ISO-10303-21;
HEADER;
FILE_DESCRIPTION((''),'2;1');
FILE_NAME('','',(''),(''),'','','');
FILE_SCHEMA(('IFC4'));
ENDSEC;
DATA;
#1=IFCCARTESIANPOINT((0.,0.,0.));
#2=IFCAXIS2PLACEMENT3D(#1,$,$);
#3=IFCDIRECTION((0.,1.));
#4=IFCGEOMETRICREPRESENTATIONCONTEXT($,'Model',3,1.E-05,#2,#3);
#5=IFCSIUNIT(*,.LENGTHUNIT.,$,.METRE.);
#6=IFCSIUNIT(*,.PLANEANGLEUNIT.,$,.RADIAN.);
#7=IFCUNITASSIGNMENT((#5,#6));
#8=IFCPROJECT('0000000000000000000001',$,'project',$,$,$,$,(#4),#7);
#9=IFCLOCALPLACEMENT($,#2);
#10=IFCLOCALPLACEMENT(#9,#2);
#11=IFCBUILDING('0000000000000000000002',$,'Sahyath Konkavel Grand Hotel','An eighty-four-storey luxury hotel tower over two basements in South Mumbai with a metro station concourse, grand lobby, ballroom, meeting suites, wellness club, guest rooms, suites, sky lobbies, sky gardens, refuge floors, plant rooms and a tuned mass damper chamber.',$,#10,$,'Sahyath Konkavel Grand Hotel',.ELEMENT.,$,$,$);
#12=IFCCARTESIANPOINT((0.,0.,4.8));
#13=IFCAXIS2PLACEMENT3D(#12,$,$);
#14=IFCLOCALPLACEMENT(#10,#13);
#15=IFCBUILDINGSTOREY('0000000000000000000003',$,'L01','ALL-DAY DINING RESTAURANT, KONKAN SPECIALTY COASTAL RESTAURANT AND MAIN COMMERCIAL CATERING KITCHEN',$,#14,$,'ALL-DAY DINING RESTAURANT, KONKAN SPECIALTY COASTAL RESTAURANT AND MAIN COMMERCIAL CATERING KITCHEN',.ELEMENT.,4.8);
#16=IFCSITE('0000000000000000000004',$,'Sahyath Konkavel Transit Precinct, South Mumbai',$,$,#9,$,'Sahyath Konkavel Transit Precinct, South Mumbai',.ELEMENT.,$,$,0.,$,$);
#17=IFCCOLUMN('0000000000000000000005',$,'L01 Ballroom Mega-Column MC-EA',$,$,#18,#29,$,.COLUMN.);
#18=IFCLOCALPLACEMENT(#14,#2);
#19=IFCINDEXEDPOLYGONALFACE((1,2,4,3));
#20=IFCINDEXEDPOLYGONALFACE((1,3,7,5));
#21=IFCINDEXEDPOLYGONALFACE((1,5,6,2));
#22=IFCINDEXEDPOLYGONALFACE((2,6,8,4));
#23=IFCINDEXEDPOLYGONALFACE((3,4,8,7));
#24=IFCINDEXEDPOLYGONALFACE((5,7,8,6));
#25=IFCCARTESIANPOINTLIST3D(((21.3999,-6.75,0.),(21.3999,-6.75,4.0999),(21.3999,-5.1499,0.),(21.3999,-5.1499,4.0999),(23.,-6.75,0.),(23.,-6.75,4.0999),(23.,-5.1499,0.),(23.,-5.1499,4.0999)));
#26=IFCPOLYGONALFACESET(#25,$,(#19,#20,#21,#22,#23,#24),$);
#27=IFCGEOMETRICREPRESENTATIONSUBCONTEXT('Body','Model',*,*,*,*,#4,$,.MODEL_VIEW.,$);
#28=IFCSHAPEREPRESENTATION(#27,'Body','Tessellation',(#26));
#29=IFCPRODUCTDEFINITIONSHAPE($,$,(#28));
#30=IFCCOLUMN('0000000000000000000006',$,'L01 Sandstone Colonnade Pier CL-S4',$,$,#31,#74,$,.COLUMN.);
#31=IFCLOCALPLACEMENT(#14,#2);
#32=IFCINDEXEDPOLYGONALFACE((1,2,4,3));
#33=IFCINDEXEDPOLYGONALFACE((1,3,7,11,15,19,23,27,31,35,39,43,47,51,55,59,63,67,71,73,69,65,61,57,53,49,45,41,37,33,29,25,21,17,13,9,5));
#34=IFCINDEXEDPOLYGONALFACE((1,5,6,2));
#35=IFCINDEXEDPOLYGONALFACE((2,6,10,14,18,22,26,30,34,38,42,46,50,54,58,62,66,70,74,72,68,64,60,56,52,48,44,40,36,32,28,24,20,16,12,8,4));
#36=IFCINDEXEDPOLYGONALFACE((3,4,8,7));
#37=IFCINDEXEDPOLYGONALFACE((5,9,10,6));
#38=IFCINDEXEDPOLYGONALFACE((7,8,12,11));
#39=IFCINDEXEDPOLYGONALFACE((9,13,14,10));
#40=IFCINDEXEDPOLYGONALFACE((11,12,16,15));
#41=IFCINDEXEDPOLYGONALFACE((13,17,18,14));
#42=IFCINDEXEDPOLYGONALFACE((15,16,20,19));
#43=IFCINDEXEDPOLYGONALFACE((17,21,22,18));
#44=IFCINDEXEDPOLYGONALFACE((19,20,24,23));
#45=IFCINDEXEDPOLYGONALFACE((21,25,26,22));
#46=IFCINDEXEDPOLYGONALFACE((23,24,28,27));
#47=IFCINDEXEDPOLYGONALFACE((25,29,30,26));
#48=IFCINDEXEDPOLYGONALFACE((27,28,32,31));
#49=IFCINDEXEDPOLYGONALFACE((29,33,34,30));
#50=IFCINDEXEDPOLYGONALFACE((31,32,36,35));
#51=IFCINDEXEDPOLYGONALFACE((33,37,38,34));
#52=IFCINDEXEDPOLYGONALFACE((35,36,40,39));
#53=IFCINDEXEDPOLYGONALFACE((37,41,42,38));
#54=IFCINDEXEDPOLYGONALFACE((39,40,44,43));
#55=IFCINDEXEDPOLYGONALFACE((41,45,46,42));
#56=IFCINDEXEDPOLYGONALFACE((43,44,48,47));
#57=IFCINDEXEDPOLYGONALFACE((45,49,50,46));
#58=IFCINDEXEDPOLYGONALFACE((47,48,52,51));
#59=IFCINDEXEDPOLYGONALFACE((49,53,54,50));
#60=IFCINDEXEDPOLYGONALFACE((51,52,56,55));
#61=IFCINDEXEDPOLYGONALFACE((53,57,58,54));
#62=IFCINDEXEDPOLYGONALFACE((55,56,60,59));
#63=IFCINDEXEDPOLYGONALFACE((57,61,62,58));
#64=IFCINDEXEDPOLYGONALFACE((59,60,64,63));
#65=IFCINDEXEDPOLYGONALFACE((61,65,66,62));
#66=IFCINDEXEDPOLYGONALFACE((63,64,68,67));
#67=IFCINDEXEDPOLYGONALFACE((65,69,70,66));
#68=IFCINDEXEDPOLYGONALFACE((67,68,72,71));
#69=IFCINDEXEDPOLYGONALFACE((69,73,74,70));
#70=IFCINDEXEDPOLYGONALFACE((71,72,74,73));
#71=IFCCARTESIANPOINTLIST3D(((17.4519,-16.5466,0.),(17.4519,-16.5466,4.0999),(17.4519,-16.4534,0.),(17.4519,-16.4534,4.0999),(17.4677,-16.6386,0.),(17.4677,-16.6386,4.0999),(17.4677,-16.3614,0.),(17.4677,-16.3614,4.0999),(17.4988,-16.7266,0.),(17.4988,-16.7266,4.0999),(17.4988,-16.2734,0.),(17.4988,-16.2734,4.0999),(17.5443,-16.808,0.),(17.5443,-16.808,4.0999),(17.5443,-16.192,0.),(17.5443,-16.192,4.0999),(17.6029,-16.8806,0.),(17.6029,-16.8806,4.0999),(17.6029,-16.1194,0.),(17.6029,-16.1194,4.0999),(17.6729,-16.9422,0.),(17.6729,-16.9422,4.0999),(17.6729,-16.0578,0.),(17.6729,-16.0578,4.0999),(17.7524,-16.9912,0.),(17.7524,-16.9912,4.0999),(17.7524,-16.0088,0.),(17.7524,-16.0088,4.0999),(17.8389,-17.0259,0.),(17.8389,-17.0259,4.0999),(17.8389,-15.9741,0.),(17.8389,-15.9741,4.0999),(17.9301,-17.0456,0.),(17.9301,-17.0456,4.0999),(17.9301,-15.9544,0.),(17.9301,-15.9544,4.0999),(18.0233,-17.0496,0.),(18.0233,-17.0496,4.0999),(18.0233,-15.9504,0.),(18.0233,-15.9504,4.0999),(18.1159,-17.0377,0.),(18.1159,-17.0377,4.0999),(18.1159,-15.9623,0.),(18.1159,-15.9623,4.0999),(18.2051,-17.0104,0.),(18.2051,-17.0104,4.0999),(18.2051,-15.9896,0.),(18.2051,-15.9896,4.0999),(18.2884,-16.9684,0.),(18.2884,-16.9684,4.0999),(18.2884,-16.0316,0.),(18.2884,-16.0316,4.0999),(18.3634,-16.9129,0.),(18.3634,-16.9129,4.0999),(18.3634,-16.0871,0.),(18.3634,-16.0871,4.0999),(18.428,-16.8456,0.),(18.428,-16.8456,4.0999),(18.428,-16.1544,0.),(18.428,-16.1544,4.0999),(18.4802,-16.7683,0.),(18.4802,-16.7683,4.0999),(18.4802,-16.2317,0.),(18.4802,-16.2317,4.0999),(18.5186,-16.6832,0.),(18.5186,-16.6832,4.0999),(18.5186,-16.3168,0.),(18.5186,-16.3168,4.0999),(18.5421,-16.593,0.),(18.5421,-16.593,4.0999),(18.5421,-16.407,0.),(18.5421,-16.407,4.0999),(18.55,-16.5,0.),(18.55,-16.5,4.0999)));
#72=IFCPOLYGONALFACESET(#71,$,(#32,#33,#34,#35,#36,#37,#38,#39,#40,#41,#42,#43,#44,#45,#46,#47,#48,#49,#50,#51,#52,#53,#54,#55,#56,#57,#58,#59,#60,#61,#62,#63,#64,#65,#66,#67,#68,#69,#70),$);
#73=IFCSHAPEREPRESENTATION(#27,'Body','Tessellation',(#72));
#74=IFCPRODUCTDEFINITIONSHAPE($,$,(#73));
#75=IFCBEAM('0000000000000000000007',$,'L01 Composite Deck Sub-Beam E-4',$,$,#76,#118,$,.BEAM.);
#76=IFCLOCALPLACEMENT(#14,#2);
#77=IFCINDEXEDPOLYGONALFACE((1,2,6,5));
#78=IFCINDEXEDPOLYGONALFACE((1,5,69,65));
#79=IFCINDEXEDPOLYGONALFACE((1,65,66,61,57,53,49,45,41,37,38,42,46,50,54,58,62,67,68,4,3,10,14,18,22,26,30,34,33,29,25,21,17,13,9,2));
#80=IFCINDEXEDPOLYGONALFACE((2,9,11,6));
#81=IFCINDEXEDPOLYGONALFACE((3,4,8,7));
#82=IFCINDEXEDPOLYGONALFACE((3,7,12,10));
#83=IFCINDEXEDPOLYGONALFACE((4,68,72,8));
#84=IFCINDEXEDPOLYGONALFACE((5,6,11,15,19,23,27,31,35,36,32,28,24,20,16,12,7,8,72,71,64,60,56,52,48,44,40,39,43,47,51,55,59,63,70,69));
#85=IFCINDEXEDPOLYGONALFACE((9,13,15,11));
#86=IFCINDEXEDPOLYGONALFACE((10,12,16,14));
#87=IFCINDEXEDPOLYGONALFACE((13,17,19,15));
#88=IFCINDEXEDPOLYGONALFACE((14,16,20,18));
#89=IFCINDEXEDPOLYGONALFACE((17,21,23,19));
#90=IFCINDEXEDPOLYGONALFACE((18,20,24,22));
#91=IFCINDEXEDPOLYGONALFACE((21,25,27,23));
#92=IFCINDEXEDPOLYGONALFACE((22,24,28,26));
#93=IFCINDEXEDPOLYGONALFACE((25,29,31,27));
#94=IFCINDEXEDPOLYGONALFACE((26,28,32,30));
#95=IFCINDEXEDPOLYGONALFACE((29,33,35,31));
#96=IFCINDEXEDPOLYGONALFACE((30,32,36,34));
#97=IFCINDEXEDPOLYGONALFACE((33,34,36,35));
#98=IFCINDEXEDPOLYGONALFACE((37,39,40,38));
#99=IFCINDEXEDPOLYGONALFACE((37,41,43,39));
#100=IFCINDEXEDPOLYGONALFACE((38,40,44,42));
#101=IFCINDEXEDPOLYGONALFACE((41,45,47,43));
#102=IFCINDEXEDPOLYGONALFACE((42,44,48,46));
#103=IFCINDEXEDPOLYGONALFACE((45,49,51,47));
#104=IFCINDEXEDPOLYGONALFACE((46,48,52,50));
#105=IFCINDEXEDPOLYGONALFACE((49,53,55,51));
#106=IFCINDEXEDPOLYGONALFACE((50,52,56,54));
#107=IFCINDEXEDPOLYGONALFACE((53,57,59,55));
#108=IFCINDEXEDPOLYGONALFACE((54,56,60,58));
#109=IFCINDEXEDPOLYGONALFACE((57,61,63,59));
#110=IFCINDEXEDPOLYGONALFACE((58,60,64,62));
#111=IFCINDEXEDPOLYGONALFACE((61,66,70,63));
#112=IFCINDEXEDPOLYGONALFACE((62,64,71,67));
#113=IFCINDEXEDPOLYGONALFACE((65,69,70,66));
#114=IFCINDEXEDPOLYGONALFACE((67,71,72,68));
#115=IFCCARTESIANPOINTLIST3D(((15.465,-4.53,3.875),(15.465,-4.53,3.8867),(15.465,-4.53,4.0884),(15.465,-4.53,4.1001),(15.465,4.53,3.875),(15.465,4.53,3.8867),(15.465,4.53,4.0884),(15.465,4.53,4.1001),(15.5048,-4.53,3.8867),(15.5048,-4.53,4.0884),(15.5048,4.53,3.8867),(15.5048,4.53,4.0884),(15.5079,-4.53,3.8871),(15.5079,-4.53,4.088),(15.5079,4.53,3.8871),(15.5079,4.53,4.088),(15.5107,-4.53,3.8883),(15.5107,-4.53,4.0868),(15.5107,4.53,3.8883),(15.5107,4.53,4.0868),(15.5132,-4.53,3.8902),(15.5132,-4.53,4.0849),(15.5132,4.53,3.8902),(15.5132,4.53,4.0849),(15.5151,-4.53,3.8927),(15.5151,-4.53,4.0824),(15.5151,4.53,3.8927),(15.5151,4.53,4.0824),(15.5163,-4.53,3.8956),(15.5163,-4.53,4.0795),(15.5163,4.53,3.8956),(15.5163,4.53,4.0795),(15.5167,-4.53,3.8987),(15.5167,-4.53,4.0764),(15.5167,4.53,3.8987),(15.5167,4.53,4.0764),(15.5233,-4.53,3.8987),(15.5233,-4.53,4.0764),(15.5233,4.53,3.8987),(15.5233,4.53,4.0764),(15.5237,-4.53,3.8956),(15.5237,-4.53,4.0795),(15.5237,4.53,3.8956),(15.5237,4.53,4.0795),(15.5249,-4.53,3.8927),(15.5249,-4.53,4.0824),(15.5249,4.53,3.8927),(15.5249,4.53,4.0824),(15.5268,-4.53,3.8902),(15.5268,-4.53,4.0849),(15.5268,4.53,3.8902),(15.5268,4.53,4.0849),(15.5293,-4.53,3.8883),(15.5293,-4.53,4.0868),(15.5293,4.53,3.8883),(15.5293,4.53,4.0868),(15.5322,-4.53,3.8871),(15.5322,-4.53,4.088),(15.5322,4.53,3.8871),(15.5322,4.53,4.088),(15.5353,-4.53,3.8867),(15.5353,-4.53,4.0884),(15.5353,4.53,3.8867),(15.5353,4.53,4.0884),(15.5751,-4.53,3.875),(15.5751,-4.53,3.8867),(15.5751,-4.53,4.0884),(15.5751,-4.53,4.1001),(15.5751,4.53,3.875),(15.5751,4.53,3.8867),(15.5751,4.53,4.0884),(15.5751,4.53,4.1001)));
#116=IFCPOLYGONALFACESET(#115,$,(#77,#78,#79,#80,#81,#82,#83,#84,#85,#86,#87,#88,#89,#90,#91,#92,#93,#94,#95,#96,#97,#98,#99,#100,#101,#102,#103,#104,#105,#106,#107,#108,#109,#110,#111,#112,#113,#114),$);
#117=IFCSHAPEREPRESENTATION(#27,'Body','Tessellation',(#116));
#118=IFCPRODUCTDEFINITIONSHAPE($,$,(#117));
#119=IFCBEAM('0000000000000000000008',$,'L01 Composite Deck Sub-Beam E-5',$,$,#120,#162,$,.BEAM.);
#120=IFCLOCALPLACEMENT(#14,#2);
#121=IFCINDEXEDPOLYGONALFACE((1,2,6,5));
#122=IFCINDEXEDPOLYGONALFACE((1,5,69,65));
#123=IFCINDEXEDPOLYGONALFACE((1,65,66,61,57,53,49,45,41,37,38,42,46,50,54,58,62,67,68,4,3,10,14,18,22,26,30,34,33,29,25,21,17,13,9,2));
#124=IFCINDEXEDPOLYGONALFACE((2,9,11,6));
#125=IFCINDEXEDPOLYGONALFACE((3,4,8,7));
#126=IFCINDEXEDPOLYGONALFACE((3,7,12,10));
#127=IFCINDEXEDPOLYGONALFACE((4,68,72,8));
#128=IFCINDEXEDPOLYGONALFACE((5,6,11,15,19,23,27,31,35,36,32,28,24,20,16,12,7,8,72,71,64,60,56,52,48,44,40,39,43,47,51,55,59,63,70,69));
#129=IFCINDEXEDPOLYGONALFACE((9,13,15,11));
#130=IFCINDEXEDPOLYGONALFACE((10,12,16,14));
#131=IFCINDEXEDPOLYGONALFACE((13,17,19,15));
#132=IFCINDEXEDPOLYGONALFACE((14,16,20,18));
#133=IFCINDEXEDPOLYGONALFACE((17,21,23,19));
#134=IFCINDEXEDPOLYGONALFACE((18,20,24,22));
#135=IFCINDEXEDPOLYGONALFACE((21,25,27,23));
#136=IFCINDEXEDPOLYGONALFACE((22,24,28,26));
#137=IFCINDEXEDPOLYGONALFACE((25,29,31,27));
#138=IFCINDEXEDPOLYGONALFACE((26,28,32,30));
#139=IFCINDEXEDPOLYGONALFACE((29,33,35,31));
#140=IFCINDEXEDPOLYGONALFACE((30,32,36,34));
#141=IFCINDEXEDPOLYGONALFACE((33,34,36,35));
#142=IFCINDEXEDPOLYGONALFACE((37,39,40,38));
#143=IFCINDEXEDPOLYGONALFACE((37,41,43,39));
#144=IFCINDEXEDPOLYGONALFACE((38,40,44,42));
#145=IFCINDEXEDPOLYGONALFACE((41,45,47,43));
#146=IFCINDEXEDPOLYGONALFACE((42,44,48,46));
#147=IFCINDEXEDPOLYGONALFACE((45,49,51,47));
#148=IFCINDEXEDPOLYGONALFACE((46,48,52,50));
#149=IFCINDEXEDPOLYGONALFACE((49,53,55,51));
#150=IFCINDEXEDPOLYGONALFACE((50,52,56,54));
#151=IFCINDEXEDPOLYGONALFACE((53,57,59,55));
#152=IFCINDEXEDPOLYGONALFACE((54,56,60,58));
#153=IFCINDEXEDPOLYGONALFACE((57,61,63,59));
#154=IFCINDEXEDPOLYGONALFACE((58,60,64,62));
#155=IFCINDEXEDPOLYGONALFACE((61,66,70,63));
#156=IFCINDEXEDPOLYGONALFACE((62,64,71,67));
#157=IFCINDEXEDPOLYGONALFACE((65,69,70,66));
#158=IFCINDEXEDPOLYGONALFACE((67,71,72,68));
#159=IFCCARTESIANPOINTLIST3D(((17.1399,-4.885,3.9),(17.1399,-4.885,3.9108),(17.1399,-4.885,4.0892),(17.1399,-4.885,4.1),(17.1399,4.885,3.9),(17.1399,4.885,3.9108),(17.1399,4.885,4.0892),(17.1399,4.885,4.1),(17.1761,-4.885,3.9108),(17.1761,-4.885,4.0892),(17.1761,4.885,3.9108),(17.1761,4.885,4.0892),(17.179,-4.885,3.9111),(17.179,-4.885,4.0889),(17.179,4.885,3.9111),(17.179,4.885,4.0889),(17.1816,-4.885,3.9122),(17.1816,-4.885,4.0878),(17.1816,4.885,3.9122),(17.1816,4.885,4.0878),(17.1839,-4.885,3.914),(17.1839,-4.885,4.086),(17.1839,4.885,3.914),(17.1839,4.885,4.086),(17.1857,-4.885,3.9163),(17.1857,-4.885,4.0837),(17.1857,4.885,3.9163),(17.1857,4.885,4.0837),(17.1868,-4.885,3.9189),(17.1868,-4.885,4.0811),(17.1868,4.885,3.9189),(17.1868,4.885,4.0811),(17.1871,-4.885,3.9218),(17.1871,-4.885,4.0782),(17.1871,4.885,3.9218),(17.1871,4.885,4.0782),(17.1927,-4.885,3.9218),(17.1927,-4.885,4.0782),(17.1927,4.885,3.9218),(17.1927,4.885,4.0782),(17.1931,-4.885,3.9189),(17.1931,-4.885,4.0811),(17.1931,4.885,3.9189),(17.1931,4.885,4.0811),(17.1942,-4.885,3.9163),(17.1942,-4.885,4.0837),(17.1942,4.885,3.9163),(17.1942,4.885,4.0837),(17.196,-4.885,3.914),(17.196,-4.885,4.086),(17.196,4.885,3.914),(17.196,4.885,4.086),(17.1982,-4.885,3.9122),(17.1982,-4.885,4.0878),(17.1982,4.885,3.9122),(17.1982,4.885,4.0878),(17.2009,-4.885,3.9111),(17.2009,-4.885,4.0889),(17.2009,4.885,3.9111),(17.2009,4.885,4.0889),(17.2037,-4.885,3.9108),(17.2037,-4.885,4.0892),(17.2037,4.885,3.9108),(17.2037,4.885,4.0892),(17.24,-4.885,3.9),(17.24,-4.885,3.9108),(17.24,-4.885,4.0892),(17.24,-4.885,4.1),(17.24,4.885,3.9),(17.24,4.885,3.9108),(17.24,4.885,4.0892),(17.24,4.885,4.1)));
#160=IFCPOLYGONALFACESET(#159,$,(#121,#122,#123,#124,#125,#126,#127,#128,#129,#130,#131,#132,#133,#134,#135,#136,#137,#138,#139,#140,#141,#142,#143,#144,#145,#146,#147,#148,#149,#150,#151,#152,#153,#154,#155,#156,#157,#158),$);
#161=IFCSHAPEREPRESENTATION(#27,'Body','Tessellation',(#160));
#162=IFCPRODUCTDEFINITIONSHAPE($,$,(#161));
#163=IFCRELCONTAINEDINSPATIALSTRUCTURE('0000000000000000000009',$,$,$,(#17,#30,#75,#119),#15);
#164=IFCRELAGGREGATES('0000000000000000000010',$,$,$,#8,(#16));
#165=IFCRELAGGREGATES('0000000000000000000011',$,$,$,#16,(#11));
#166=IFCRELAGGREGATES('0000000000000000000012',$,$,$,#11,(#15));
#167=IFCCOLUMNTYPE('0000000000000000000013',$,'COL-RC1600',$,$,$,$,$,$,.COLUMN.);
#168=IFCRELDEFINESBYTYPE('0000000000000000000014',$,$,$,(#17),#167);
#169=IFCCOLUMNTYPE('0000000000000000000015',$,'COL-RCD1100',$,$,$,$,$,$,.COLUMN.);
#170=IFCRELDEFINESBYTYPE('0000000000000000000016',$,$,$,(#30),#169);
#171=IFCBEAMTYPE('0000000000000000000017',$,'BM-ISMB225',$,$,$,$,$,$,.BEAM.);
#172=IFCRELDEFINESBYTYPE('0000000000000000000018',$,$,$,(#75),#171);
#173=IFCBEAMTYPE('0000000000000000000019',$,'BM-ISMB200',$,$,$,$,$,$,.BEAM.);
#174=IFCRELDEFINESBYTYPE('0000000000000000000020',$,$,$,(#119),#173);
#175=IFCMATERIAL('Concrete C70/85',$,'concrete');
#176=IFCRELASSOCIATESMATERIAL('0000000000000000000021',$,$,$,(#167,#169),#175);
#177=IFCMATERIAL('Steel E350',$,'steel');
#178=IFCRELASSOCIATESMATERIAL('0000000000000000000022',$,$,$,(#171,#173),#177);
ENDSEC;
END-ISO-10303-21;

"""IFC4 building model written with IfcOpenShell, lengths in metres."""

from ifc_helpers import new_model, si_unit, direction, frame, origin, origin_2d, place, context, subcontext, project, spatial, rectangle, circle, i_section, extrude, source, transform, mapped, material, material_profile, profile_set, type_object, element, save


model = new_model("IFC4")

# Units and contexts
model_context = context("Model", 3, precision=1e-05, world=origin(), true_north=direction((0.0, 1.0)))
body_context = subcontext(model_context, "Body", "Model", "MODEL_VIEW")
ifc_project = project(units=[si_unit("LENGTHUNIT", "METRE"), si_unit("PLANEANGLEUNIT", "RADIAN")], contexts=[model_context])

# Site, building, storey
site_placement = place(None, origin())
site = spatial("IfcSite", under=ifc_project, at=site_placement, Name="Sahyath Konkavel Transit Precinct, South Mumbai", LongName="Sahyath Konkavel Transit Precinct, South Mumbai", CompositionType="ELEMENT", RefElevation=0.0)
building_placement = place(site_placement, origin())
building = spatial("IfcBuilding", under=site, at=building_placement, Name="Sahyath Konkavel Grand Hotel", Description="An eighty-four-storey luxury hotel tower over two basements in South Mumbai with a metro station concourse, grand lobby, ballroom, meeting suites, wellness club, guest rooms, suites, sky lobbies, sky gardens, refuge floors, plant rooms and a tuned mass damper chamber.", LongName="Sahyath Konkavel Grand Hotel", CompositionType="ELEMENT")
storey_placement = place(building_placement, frame((0.0, 0.0, 4.8)))
storey = spatial("IfcBuildingStorey", under=building, at=storey_placement, Name="L01", Description="ALL-DAY DINING RESTAURANT, KONKAN SPECIALTY COASTAL RESTAURANT AND MAIN COMMERCIAL CATERING KITCHEN", LongName="ALL-DAY DINING RESTAURANT, KONKAN SPECIALTY COASTAL RESTAURANT AND MAIN COMMERCIAL CATERING KITCHEN", CompositionType="ELEMENT", Elevation=4.8)

# Columns
ifc_material_1 = material(Name="Concrete C70/85", Category="concrete")
ifc_material_profile_1 = material_profile(ifc_material_1, rectangle(XDim=1.6001, YDim=1.6001, at=origin_2d()), Name="RC 1600x1600")
ifc_profile_set_1 = profile_set([ifc_material_profile_1], Name="Concrete C70/85")
column_type_1 = type_object("IfcColumnType", Name="COL-RC1600", PredefinedType="COLUMN", material=ifc_profile_set_1)
shared_shape_1 = source(origin(), body_context, "Body", "SweptSolid", [
    extrude(rectangle(XDim=1.6001, YDim=1.6001, at=origin_2d()), origin(), (0.0, 0.0, 1.0), 4.0999),
])
column_1_placement = place(storey_placement, frame((22.2, -5.95, 0.0), z_axis=(0.0, 0.0, 1.0), x_axis=(1.0, 0.0, 0.0)))
element("IfcColumn", 1, at=column_1_placement, inside=storey, type_object=column_type_1, Name="L01 Ballroom Mega-Column MC-EA", PredefinedType="COLUMN", context=body_context, shape_type="MappedRepresentation", body=[
    mapped(shared_shape_1, transform((0.0, 0.0, 0.0), scale=1.0)),
])
ifc_material_profile_2 = material_profile(ifc_material_1, circle(Radius=0.55, at=origin_2d()), Name="RC D1100")
ifc_profile_set_2 = profile_set([ifc_material_profile_2], Name="Concrete C70/85")
column_type_2 = type_object("IfcColumnType", Name="COL-RCD1100", PredefinedType="COLUMN", material=ifc_profile_set_2)
shared_shape_2 = source(origin(), body_context, "Body", "SweptSolid", [
    extrude(circle(Radius=0.55, at=origin_2d()), origin(), (0.0, 0.0, 1.0), 4.0999),
])
column_2_placement = place(storey_placement, frame((18.0, -16.5, 0.0), z_axis=(0.0, 0.0, 1.0), x_axis=(1.0, 0.0, 0.0)))
element("IfcColumn", 2, at=column_2_placement, inside=storey, type_object=column_type_2, Name="L01 Sandstone Colonnade Pier CL-S4", PredefinedType="COLUMN", context=body_context, shape_type="MappedRepresentation", body=[
    mapped(shared_shape_2, transform((0.0, 0.0, 0.0), scale=1.0)),
])

# Beams
ifc_material_2 = material(Name="Steel E350", Category="steel")
ifc_material_profile_3 = material_profile(ifc_material_2, i_section(OverallWidth=0.1101, OverallDepth=0.2251, WebThickness=0.0066, FlangeThickness=0.0117, FilletRadius=0.012, at=origin_2d()), Name="ISMB 225")
ifc_profile_set_3 = profile_set([ifc_material_profile_3], Name="Steel E350")
beam_type_1 = type_object("IfcBeamType", Name="BM-ISMB225", PredefinedType="BEAM", material=ifc_profile_set_3)
shared_shape_3 = source(origin(), body_context, "Body", "SweptSolid", [
    extrude(i_section(OverallWidth=0.1101, OverallDepth=0.2251, WebThickness=0.0066, FlangeThickness=0.0117, FilletRadius=0.012, at=origin_2d()), origin(), (0.0, 0.0, 1.0), 9.0601),
])
beam_1_placement = place(storey_placement, frame((15.52, -4.53, 3.9875), z_axis=(0.0, 1.0, 0.0), x_axis=(-1.0, 0.0, 0.0)))
element("IfcBeam", 3, at=beam_1_placement, inside=storey, type_object=beam_type_1, Name="L01 Composite Deck Sub-Beam E-4", PredefinedType="BEAM", context=body_context, shape_type="MappedRepresentation", body=[
    mapped(shared_shape_3, transform((0.0, 0.0, 0.0), scale=1.0)),
])
ifc_material_profile_4 = material_profile(ifc_material_2, i_section(OverallWidth=0.1001, OverallDepth=0.2, WebThickness=0.0056, FlangeThickness=0.0107, FilletRadius=0.011, at=origin_2d()), Name="ISMB 200")
ifc_profile_set_4 = profile_set([ifc_material_profile_4], Name="Steel E350")
beam_type_2 = type_object("IfcBeamType", Name="BM-ISMB200", PredefinedType="BEAM", material=ifc_profile_set_4)
shared_shape_4 = source(origin(), body_context, "Body", "SweptSolid", [
    extrude(i_section(OverallWidth=0.1001, OverallDepth=0.2, WebThickness=0.0056, FlangeThickness=0.0107, FilletRadius=0.011, at=origin_2d()), origin(), (0.0, 0.0, 1.0), 9.77),
])
beam_2_placement = place(storey_placement, frame((17.1899, -4.885, 4.0), z_axis=(0.0, 1.0, 0.0), x_axis=(-1.0, 0.0, 0.0)))
element("IfcBeam", 4, at=beam_2_placement, inside=storey, type_object=beam_type_2, Name="L01 Composite Deck Sub-Beam E-5", PredefinedType="BEAM", context=body_context, shape_type="MappedRepresentation", body=[
    mapped(shared_shape_4, transform((0.0, 0.0, 0.0), scale=1.0)),
])

save(model, "model.ifc")
